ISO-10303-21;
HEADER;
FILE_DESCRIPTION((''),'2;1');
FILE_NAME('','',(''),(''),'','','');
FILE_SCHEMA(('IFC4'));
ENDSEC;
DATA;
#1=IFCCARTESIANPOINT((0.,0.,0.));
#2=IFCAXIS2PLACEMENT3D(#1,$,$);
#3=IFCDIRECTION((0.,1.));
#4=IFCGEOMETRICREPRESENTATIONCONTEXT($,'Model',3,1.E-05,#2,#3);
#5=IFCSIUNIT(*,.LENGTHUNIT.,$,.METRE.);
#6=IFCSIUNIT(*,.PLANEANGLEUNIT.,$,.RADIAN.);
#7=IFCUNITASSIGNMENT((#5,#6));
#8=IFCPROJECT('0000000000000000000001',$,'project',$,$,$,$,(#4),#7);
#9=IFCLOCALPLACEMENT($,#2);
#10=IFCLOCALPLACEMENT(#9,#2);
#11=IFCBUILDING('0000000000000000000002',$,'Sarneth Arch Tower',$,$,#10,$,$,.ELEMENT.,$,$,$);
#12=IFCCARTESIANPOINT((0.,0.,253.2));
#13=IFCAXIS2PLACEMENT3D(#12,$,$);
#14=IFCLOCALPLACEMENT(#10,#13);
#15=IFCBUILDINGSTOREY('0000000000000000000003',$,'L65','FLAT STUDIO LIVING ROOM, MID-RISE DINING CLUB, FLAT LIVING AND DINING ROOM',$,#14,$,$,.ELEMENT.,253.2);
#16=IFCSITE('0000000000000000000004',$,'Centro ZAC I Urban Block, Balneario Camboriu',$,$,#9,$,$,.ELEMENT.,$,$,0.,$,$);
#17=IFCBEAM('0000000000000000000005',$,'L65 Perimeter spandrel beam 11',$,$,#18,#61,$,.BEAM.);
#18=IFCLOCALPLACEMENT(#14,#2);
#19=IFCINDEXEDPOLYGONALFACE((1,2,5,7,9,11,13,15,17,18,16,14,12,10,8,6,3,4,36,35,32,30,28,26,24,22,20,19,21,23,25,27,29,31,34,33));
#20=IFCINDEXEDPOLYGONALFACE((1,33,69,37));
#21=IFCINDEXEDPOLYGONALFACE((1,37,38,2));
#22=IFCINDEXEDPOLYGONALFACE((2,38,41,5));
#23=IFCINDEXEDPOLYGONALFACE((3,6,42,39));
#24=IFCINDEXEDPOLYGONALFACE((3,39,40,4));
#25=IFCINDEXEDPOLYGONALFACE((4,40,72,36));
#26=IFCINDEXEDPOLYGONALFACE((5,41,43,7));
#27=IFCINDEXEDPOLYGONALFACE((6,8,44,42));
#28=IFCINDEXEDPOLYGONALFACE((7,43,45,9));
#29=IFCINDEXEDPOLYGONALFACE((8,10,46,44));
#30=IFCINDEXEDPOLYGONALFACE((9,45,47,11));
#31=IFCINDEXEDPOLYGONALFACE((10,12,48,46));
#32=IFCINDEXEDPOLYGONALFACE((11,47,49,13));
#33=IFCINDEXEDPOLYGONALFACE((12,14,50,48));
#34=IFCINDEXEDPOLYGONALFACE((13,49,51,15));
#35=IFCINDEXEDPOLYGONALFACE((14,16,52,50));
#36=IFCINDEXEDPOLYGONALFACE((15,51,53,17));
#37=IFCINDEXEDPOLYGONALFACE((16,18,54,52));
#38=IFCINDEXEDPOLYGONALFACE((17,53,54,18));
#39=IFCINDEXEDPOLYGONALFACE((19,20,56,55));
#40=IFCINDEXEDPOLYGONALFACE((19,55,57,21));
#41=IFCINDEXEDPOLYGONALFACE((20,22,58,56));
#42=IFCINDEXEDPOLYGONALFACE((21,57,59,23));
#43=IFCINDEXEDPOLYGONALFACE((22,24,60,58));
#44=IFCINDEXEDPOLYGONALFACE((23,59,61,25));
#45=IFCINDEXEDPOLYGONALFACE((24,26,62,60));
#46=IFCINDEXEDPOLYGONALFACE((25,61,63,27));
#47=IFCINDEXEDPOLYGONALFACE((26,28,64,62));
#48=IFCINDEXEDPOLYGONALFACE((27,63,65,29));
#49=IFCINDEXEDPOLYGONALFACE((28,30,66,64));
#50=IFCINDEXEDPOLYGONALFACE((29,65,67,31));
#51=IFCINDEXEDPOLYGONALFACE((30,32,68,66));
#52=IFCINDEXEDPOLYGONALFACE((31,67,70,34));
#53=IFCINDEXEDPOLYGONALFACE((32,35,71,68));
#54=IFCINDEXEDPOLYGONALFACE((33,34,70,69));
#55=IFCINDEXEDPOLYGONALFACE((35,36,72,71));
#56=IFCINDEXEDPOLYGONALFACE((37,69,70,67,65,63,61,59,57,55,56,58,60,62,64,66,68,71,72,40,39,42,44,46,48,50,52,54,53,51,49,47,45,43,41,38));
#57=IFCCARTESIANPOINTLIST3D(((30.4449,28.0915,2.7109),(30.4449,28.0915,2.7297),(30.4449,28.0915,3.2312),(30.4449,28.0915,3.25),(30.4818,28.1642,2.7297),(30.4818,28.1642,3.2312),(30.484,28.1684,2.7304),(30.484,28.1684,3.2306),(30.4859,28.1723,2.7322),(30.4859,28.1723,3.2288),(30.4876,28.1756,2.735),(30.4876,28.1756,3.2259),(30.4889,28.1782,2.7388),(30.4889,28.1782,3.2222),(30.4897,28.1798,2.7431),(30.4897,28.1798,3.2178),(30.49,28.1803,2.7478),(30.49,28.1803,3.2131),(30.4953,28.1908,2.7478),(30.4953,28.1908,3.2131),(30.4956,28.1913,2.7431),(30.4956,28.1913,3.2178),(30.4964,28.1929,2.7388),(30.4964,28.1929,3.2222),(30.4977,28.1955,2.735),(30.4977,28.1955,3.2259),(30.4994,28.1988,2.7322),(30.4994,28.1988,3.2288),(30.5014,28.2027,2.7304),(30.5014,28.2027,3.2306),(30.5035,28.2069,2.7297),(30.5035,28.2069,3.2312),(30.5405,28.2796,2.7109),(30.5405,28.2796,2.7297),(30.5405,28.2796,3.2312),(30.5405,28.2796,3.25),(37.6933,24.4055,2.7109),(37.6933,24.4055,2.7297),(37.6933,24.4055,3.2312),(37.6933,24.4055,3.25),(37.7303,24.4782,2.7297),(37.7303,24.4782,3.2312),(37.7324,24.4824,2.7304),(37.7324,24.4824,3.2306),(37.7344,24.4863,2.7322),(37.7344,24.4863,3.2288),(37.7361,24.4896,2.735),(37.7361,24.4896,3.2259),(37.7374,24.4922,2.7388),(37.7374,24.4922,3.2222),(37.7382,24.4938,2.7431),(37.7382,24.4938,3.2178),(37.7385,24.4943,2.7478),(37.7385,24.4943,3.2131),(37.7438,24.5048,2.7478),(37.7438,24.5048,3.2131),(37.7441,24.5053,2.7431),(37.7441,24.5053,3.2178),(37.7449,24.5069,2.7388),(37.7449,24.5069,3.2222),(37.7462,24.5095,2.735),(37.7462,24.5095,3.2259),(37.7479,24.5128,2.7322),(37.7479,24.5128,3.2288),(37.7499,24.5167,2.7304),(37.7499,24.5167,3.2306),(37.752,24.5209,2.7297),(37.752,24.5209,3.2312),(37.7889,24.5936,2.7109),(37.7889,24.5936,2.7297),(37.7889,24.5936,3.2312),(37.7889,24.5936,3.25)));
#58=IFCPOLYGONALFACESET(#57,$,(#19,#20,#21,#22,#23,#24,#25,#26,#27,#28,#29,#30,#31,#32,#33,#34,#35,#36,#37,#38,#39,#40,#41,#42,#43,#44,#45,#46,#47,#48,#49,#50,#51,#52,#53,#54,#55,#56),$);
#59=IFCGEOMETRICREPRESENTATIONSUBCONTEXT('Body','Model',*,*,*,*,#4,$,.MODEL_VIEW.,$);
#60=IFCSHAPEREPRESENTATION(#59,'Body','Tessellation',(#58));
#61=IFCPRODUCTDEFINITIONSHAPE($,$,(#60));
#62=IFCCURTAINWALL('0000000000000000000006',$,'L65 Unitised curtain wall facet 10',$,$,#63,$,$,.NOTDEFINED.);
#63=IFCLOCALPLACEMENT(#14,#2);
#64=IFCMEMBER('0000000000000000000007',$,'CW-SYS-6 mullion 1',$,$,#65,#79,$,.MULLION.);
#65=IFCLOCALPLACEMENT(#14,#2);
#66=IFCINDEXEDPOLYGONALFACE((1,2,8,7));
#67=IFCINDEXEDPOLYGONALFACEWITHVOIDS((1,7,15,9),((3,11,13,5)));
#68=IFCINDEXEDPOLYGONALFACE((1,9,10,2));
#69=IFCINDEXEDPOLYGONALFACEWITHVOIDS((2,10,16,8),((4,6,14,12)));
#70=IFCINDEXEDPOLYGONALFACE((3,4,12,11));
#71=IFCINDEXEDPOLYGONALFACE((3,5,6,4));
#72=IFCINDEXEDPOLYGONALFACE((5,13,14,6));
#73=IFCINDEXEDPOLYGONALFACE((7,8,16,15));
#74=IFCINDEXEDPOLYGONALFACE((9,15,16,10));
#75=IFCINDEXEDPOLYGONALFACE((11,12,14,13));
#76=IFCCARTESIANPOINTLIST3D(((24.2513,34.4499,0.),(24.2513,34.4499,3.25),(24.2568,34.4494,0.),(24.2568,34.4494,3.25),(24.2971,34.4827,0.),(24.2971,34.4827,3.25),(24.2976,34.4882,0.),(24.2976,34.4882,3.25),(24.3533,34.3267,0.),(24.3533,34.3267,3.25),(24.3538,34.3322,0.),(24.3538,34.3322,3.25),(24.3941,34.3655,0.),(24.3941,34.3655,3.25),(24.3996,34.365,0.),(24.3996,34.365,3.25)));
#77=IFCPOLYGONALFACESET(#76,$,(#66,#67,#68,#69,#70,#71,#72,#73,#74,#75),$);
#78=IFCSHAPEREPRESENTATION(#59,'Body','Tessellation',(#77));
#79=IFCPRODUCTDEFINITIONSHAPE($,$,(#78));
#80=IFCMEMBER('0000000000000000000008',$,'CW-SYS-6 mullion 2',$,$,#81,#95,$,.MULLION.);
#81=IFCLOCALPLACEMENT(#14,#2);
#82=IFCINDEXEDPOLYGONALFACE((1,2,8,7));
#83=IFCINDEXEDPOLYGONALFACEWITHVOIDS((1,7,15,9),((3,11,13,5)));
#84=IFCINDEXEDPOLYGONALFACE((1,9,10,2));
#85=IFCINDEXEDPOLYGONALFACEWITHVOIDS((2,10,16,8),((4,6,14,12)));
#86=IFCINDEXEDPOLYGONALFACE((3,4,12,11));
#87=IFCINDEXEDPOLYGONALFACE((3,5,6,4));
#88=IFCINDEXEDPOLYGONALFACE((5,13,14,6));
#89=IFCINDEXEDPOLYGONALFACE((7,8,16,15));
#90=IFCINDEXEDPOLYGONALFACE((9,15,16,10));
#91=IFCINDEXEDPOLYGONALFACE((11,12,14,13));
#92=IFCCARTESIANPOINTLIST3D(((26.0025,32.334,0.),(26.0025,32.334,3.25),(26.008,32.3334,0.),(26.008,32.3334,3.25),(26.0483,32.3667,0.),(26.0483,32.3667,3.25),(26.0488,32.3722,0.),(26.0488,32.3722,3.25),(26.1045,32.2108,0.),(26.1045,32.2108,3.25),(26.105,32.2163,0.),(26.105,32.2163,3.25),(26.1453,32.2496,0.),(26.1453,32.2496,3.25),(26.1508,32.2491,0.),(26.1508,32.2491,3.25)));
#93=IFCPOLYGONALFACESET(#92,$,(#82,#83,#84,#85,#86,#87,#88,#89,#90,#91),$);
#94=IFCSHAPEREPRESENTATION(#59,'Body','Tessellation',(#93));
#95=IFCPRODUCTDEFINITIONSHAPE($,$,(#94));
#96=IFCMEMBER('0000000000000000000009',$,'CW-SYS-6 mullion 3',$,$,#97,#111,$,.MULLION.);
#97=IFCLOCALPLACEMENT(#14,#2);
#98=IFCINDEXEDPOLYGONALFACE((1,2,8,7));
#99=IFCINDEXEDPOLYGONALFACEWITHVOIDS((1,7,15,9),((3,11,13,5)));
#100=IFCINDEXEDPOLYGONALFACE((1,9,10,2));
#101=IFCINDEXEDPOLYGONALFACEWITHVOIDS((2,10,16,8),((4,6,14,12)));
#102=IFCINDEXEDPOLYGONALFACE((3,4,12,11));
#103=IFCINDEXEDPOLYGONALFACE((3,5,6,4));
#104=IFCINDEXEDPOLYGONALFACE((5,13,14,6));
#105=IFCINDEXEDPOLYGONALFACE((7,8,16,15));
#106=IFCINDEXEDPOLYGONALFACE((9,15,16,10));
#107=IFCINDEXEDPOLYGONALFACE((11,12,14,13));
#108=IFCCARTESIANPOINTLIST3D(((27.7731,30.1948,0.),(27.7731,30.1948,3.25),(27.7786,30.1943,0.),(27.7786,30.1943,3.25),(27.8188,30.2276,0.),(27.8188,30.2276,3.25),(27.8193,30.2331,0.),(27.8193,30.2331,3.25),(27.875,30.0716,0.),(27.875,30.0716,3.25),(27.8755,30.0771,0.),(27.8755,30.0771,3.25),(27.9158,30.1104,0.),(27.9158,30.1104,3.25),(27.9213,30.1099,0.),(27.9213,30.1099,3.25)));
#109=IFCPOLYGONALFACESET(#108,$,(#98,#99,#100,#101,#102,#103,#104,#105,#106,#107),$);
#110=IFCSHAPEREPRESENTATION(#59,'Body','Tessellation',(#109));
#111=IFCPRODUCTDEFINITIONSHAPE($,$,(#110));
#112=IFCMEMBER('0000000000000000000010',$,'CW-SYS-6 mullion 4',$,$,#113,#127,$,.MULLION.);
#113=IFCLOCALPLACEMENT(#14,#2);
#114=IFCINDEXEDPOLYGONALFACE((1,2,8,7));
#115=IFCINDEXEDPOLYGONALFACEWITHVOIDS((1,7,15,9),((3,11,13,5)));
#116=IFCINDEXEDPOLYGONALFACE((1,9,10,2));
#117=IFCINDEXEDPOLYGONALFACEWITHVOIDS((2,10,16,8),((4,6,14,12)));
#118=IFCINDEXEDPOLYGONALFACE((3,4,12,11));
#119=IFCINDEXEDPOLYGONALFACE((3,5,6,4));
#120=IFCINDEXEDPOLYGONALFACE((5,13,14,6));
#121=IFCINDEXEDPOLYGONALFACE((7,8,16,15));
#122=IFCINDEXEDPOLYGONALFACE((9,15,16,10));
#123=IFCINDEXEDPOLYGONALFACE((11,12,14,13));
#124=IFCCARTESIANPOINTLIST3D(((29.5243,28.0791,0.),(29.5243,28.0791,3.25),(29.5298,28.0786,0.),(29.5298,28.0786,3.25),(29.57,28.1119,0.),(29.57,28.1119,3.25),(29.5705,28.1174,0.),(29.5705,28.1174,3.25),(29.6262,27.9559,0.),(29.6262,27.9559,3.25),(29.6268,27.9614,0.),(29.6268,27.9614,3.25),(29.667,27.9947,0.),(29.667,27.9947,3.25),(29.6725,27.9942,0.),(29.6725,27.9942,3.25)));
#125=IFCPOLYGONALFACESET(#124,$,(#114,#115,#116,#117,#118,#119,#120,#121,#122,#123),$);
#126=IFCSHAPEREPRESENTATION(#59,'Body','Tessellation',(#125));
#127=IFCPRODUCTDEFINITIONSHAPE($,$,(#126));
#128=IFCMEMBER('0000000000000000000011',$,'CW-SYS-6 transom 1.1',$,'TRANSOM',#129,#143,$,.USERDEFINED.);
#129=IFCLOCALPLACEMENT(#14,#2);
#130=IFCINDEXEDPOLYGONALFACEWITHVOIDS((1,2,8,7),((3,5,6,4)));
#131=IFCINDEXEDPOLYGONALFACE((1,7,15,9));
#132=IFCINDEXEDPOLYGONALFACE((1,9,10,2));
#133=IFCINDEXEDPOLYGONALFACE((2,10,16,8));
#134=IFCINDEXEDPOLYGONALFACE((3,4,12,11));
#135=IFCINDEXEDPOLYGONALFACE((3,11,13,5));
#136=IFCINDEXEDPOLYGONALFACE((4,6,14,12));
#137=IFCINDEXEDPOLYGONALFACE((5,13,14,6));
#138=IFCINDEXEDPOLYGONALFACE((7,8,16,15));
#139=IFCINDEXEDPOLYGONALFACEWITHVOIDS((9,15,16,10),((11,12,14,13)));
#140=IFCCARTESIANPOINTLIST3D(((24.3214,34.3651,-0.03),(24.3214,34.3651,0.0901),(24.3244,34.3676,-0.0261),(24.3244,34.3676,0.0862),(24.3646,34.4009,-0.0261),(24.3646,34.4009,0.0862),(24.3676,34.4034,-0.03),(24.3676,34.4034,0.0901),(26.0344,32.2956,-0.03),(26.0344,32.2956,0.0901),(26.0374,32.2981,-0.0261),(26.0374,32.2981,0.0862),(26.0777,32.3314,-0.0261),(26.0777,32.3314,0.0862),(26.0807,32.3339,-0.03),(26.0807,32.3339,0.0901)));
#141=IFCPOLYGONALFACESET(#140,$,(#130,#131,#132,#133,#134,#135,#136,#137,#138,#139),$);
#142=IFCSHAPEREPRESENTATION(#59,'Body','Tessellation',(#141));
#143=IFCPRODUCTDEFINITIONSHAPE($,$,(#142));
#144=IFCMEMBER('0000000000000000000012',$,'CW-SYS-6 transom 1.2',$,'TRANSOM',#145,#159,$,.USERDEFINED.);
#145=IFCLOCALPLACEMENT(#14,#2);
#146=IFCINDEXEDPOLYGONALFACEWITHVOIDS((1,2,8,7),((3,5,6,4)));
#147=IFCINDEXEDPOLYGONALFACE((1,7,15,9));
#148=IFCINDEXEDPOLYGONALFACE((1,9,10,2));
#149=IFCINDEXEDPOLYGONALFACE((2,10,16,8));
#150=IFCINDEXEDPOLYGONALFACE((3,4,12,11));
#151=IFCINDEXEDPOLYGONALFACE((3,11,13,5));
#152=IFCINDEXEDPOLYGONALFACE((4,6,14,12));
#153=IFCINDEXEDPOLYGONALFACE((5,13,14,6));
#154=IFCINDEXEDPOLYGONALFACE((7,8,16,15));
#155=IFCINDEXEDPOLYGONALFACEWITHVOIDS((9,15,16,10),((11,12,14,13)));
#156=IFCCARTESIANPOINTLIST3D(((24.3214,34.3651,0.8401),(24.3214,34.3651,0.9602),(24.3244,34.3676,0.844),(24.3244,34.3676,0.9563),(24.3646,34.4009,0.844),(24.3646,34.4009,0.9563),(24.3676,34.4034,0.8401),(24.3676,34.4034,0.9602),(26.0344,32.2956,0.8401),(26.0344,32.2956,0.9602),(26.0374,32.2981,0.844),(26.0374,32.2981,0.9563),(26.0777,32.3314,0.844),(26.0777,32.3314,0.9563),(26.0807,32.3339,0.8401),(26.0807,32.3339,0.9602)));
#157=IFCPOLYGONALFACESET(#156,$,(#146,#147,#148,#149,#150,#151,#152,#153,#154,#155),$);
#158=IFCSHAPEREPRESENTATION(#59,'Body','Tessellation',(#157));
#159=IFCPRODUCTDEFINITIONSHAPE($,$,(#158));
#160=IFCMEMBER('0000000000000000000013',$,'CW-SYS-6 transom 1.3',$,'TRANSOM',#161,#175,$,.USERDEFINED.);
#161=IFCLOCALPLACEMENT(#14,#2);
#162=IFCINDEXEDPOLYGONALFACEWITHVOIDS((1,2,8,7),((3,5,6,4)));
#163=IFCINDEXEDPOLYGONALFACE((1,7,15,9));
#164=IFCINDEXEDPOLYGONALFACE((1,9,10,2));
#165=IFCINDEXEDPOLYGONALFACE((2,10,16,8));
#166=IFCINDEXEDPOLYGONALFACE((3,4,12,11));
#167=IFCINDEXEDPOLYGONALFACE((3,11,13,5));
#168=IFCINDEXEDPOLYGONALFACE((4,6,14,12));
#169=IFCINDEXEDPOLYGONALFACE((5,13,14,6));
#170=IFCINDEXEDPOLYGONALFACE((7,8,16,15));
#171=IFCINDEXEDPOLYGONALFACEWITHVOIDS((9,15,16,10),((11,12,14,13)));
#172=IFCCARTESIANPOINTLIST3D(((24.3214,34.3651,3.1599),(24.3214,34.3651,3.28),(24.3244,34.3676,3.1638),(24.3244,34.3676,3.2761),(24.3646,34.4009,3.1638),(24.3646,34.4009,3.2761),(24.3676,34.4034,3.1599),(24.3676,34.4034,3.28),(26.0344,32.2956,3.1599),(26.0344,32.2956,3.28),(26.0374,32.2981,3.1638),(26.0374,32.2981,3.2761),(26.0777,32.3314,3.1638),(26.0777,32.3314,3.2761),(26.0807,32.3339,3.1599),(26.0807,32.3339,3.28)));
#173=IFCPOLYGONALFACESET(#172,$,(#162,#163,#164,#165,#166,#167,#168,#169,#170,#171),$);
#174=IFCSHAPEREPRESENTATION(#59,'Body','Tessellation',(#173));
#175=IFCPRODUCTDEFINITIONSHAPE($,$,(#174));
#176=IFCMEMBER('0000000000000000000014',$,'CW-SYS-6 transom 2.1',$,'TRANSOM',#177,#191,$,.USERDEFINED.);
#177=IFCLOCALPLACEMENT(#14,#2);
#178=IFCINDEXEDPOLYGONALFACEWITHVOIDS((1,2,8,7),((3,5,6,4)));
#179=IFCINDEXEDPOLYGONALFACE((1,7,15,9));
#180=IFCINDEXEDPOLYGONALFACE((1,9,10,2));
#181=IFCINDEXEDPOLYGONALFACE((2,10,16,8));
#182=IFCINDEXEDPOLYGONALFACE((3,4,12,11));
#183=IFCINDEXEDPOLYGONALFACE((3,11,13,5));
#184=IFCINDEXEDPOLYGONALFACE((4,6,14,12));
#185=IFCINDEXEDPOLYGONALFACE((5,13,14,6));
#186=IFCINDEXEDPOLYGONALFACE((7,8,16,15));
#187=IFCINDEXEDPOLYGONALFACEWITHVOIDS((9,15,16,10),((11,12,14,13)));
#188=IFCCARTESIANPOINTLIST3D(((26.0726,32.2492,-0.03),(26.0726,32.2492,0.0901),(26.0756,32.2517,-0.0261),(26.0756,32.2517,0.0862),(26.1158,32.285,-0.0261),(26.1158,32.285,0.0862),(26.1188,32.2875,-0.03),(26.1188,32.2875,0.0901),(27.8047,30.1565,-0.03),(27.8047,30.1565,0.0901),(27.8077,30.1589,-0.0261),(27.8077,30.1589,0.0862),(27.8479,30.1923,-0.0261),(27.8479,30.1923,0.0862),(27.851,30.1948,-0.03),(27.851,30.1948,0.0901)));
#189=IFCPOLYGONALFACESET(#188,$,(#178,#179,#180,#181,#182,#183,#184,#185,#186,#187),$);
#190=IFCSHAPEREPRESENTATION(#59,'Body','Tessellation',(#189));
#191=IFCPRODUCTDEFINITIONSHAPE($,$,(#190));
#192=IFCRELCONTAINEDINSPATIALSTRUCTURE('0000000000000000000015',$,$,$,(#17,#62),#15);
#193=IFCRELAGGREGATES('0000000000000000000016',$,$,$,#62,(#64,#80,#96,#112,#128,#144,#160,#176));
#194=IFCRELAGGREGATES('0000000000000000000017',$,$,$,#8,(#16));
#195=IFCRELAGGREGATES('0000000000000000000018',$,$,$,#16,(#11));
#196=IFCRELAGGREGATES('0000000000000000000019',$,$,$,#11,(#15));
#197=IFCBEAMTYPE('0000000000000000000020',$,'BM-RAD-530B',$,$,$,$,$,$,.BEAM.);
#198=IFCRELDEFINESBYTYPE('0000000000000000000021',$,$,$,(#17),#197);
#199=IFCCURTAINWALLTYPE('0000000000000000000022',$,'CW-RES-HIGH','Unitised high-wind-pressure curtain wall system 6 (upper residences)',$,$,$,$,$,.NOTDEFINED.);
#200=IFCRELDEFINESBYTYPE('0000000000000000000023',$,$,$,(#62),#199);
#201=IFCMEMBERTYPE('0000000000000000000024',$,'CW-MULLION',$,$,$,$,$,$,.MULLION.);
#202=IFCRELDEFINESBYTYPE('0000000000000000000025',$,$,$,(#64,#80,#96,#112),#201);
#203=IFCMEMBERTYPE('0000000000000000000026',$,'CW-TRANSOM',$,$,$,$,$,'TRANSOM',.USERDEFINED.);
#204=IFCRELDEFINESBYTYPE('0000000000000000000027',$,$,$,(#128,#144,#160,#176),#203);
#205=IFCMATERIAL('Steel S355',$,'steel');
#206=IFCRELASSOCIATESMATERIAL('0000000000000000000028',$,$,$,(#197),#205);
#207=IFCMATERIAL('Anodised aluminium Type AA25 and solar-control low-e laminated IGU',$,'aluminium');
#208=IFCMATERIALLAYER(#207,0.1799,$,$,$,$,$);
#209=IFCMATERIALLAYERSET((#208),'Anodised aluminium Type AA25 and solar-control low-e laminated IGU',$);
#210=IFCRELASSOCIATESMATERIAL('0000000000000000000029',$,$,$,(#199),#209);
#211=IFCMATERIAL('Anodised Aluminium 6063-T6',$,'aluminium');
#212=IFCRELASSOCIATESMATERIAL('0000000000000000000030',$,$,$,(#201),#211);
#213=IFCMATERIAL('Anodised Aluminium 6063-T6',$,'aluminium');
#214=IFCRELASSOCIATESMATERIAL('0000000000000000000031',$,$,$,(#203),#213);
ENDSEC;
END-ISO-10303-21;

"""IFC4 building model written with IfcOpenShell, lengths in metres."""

from ifc_helpers import new_model, si_unit, direction, frame, origin, origin_2d, place, context, subcontext, project, spatial, hollow_rectangle, i_section, extrude, material, layer, layer_set, material_profile, profile_set, type_object, element, aggregate, save


model = new_model("IFC4")

# Units and contexts
model_context = context("Model", 3, precision=1e-05, world=origin(), true_north=direction((0.0, 1.0)))
body_context = subcontext(model_context, "Body", "Model", "MODEL_VIEW")
ifc_project = project(units=[si_unit("LENGTHUNIT", "METRE"), si_unit("PLANEANGLEUNIT", "RADIAN")], contexts=[model_context])

# Site, building, storey
site_placement = place(None, origin())
site = spatial("IfcSite", under=ifc_project, at=site_placement, Name="Centro ZAC I Urban Block, Balneario Camboriu", CompositionType="ELEMENT", RefElevation=0.0)
building_placement = place(site_placement, origin())
building = spatial("IfcBuilding", under=site, at=building_placement, Name="Sarneth Arch Tower", CompositionType="ELEMENT")
storey_placement = place(building_placement, frame((0.0, 0.0, 253.2)))
storey = spatial("IfcBuildingStorey", under=building, at=storey_placement, Name="L65", Description="FLAT STUDIO LIVING ROOM, MID-RISE DINING CLUB, FLAT LIVING AND DINING ROOM", CompositionType="ELEMENT", Elevation=253.2)

# Beam
ifc_material_1 = material(Name="Steel S355", Category="steel")
ifc_material_profile_1 = material_profile(ifc_material_1, i_section(OverallWidth=0.2109, OverallDepth=0.5391, WebThickness=0.0117, FlangeThickness=0.0188, FilletRadius=0.0181, at=origin_2d()), Name="W530x109")
ifc_profile_set_1 = profile_set([ifc_material_profile_1], Name="Steel S355")
beam_type_1 = type_object("IfcBeamType", Name="BM-RAD-530B", PredefinedType="BEAM", material=ifc_profile_set_1)
beam_1_placement = place(storey_placement, frame((30.4927, 28.1855, 2.9805), z_axis=(0.891368, -0.45328, 0.0), x_axis=(0.45328, 0.891368, 0.0)))
element("IfcBeam", 1, at=beam_1_placement, inside=storey, type_object=beam_type_1, Name="L65 Perimeter spandrel beam 11", PredefinedType="BEAM", context=body_context, shape_type="SweptSolid", body=[
    extrude(i_section(OverallWidth=0.2109, OverallDepth=0.5391, WebThickness=0.0117, FlangeThickness=0.0188, FilletRadius=0.0181, at=origin_2d()), origin(), (0.0, 0.0, 1.0), 8.1318),
])

# Curtain wall, members
ifc_material_2 = material(Name="Anodised aluminium Type AA25 and solar-control low-e laminated IGU", Category="aluminium")
ifc_layer_1 = layer(ifc_material_2, 0.1799)
ifc_layer_set_1 = layer_set([ifc_layer_1], Name="Anodised aluminium Type AA25 and solar-control low-e laminated IGU")
curtain_wall_type = type_object("IfcCurtainWallType", Name="CW-RES-HIGH", Description="Unitised high-wind-pressure curtain wall system 6 (upper residences)", PredefinedType="NOTDEFINED", material=ifc_layer_set_1)
curtain_wall_placement = place(storey_placement, origin())
curtain_wall = element("IfcCurtainWall", 2, at=curtain_wall_placement, inside=storey, type_object=curtain_wall_type, Name="L65 Unitised curtain wall facet 10", PredefinedType="NOTDEFINED")
ifc_material_3 = material(Name="Anodised Aluminium 6063-T6", Category="aluminium")
ifc_material_profile_2 = material_profile(ifc_material_3, hollow_rectangle(XDim=0.0601, YDim=0.1599, WallThickness=0.0039, at=origin_2d()), Name="AL-MULL-160x60x4")
ifc_profile_set_2 = profile_set([ifc_material_profile_2], Name="Anodised Aluminium 6063-T6")
member_type_1 = type_object("IfcMemberType", Name="CW-MULLION", PredefinedType="MULLION", material=ifc_profile_set_2)
member_1_placement = place(storey_placement, frame((24.3254, 34.4075, 0.0), z_axis=(0.0, 0.0, 1.0), x_axis=(0.770359, 0.63761, 0.0)))
member_1 = element("IfcMember", 3, at=member_1_placement, type_object=member_type_1, Name="CW-SYS-6 mullion 1", PredefinedType="MULLION", context=body_context, shape_type="SweptSolid", body=[
    extrude(hollow_rectangle(XDim=0.0601, YDim=0.1599, WallThickness=0.0039, at=origin_2d()), origin(), (0.0, 0.0, 1.0), 3.25),
])
member_2_placement = place(storey_placement, frame((26.0767, 32.2915, 0.0), z_axis=(0.0, 0.0, 1.0), x_axis=(0.770359, 0.63761, 0.0)))
member_2 = element("IfcMember", 4, at=member_2_placement, type_object=member_type_1, Name="CW-SYS-6 mullion 2", PredefinedType="MULLION", context=body_context, shape_type="SweptSolid", body=[
    extrude(hollow_rectangle(XDim=0.0601, YDim=0.1599, WallThickness=0.0039, at=origin_2d()), origin(), (0.0, 0.0, 1.0), 3.25),
])
member_3_placement = place(storey_placement, frame((27.8472, 30.1523, 0.0), z_axis=(0.0, 0.0, 1.0), x_axis=(0.770359, 0.63761, 0.0)))
member_3 = element("IfcMember", 5, at=member_3_placement, type_object=member_type_1, Name="CW-SYS-6 mullion 3", PredefinedType="MULLION", context=body_context, shape_type="SweptSolid", body=[
    extrude(hollow_rectangle(XDim=0.0601, YDim=0.1599, WallThickness=0.0039, at=origin_2d()), origin(), (0.0, 0.0, 1.0), 3.25),
])
member_4_placement = place(storey_placement, frame((29.5984, 28.0366, 0.0), z_axis=(0.0, 0.0, 1.0), x_axis=(0.770359, 0.63761, 0.0)))
member_4 = element("IfcMember", 6, at=member_4_placement, type_object=member_type_1, Name="CW-SYS-6 mullion 4", PredefinedType="MULLION", context=body_context, shape_type="SweptSolid", body=[
    extrude(hollow_rectangle(XDim=0.0601, YDim=0.1599, WallThickness=0.0039, at=origin_2d()), origin(), (0.0, 0.0, 1.0), 3.25),
])
ifc_material_4 = material(Name="Anodised Aluminium 6063-T6", Category="aluminium")
ifc_material_profile_3 = material_profile(ifc_material_4, hollow_rectangle(XDim=0.0601, YDim=0.1201, WallThickness=0.0039, at=origin_2d()), Name="AL-TRAN-120x60x4")
ifc_profile_set_3 = profile_set([ifc_material_profile_3], Name="Anodised Aluminium 6063-T6")
member_type_2 = type_object("IfcMemberType", Name="CW-TRANSOM", ElementType="TRANSOM", PredefinedType="USERDEFINED", material=ifc_profile_set_3)
member_5_placement = place(storey_placement, frame((24.3445, 34.3843, 0.03), z_axis=(0.637651, -0.770325, 0.0), x_axis=(0.770325, 0.637651, 0.0)))
member_5 = element("IfcMember", 7, at=member_5_placement, type_object=member_type_2, Name="CW-SYS-6 transom 1.1", ObjectType="TRANSOM", PredefinedType="USERDEFINED", context=body_context, shape_type="SweptSolid", body=[
    extrude(hollow_rectangle(XDim=0.0601, YDim=0.1201, WallThickness=0.0039, at=origin_2d()), origin(), (0.0, 0.0, 1.0), 2.6865),
])
member_6_placement = place(storey_placement, frame((24.3445, 34.3843, 0.9001), z_axis=(0.637651, -0.770325, 0.0), x_axis=(0.770325, 0.637651, 0.0)))
member_6 = element("IfcMember", 8, at=member_6_placement, type_object=member_type_2, Name="CW-SYS-6 transom 1.2", ObjectType="TRANSOM", PredefinedType="USERDEFINED", context=body_context, shape_type="SweptSolid", body=[
    extrude(hollow_rectangle(XDim=0.0601, YDim=0.1201, WallThickness=0.0039, at=origin_2d()), origin(), (0.0, 0.0, 1.0), 2.6865),
])
member_7_placement = place(storey_placement, frame((24.3445, 34.3843, 3.22), z_axis=(0.637651, -0.770325, 0.0), x_axis=(0.770325, 0.637651, 0.0)))
member_7 = element("IfcMember", 9, at=member_7_placement, type_object=member_type_2, Name="CW-SYS-6 transom 1.3", ObjectType="TRANSOM", PredefinedType="USERDEFINED", context=body_context, shape_type="SweptSolid", body=[
    extrude(hollow_rectangle(XDim=0.0601, YDim=0.1201, WallThickness=0.0039, at=origin_2d()), origin(), (0.0, 0.0, 1.0), 2.6865),
])
member_8_placement = place(storey_placement, frame((26.0957, 32.2683, 0.03), z_axis=(0.637617, -0.770353, 0.0), x_axis=(0.770353, 0.637617, 0.0)))
member_8 = element("IfcMember", 10, at=member_8_placement, type_object=member_type_2, Name="CW-SYS-6 transom 2.1", ObjectType="TRANSOM", PredefinedType="USERDEFINED", context=body_context, shape_type="SweptSolid", body=[
    extrude(hollow_rectangle(XDim=0.0601, YDim=0.1201, WallThickness=0.0039, at=origin_2d()), origin(), (0.0, 0.0, 1.0), 2.7166),
])
aggregate(curtain_wall, [member_1, member_2, member_3, member_4, member_5, member_6, member_7, member_8])

save(model, "model.ifc")
